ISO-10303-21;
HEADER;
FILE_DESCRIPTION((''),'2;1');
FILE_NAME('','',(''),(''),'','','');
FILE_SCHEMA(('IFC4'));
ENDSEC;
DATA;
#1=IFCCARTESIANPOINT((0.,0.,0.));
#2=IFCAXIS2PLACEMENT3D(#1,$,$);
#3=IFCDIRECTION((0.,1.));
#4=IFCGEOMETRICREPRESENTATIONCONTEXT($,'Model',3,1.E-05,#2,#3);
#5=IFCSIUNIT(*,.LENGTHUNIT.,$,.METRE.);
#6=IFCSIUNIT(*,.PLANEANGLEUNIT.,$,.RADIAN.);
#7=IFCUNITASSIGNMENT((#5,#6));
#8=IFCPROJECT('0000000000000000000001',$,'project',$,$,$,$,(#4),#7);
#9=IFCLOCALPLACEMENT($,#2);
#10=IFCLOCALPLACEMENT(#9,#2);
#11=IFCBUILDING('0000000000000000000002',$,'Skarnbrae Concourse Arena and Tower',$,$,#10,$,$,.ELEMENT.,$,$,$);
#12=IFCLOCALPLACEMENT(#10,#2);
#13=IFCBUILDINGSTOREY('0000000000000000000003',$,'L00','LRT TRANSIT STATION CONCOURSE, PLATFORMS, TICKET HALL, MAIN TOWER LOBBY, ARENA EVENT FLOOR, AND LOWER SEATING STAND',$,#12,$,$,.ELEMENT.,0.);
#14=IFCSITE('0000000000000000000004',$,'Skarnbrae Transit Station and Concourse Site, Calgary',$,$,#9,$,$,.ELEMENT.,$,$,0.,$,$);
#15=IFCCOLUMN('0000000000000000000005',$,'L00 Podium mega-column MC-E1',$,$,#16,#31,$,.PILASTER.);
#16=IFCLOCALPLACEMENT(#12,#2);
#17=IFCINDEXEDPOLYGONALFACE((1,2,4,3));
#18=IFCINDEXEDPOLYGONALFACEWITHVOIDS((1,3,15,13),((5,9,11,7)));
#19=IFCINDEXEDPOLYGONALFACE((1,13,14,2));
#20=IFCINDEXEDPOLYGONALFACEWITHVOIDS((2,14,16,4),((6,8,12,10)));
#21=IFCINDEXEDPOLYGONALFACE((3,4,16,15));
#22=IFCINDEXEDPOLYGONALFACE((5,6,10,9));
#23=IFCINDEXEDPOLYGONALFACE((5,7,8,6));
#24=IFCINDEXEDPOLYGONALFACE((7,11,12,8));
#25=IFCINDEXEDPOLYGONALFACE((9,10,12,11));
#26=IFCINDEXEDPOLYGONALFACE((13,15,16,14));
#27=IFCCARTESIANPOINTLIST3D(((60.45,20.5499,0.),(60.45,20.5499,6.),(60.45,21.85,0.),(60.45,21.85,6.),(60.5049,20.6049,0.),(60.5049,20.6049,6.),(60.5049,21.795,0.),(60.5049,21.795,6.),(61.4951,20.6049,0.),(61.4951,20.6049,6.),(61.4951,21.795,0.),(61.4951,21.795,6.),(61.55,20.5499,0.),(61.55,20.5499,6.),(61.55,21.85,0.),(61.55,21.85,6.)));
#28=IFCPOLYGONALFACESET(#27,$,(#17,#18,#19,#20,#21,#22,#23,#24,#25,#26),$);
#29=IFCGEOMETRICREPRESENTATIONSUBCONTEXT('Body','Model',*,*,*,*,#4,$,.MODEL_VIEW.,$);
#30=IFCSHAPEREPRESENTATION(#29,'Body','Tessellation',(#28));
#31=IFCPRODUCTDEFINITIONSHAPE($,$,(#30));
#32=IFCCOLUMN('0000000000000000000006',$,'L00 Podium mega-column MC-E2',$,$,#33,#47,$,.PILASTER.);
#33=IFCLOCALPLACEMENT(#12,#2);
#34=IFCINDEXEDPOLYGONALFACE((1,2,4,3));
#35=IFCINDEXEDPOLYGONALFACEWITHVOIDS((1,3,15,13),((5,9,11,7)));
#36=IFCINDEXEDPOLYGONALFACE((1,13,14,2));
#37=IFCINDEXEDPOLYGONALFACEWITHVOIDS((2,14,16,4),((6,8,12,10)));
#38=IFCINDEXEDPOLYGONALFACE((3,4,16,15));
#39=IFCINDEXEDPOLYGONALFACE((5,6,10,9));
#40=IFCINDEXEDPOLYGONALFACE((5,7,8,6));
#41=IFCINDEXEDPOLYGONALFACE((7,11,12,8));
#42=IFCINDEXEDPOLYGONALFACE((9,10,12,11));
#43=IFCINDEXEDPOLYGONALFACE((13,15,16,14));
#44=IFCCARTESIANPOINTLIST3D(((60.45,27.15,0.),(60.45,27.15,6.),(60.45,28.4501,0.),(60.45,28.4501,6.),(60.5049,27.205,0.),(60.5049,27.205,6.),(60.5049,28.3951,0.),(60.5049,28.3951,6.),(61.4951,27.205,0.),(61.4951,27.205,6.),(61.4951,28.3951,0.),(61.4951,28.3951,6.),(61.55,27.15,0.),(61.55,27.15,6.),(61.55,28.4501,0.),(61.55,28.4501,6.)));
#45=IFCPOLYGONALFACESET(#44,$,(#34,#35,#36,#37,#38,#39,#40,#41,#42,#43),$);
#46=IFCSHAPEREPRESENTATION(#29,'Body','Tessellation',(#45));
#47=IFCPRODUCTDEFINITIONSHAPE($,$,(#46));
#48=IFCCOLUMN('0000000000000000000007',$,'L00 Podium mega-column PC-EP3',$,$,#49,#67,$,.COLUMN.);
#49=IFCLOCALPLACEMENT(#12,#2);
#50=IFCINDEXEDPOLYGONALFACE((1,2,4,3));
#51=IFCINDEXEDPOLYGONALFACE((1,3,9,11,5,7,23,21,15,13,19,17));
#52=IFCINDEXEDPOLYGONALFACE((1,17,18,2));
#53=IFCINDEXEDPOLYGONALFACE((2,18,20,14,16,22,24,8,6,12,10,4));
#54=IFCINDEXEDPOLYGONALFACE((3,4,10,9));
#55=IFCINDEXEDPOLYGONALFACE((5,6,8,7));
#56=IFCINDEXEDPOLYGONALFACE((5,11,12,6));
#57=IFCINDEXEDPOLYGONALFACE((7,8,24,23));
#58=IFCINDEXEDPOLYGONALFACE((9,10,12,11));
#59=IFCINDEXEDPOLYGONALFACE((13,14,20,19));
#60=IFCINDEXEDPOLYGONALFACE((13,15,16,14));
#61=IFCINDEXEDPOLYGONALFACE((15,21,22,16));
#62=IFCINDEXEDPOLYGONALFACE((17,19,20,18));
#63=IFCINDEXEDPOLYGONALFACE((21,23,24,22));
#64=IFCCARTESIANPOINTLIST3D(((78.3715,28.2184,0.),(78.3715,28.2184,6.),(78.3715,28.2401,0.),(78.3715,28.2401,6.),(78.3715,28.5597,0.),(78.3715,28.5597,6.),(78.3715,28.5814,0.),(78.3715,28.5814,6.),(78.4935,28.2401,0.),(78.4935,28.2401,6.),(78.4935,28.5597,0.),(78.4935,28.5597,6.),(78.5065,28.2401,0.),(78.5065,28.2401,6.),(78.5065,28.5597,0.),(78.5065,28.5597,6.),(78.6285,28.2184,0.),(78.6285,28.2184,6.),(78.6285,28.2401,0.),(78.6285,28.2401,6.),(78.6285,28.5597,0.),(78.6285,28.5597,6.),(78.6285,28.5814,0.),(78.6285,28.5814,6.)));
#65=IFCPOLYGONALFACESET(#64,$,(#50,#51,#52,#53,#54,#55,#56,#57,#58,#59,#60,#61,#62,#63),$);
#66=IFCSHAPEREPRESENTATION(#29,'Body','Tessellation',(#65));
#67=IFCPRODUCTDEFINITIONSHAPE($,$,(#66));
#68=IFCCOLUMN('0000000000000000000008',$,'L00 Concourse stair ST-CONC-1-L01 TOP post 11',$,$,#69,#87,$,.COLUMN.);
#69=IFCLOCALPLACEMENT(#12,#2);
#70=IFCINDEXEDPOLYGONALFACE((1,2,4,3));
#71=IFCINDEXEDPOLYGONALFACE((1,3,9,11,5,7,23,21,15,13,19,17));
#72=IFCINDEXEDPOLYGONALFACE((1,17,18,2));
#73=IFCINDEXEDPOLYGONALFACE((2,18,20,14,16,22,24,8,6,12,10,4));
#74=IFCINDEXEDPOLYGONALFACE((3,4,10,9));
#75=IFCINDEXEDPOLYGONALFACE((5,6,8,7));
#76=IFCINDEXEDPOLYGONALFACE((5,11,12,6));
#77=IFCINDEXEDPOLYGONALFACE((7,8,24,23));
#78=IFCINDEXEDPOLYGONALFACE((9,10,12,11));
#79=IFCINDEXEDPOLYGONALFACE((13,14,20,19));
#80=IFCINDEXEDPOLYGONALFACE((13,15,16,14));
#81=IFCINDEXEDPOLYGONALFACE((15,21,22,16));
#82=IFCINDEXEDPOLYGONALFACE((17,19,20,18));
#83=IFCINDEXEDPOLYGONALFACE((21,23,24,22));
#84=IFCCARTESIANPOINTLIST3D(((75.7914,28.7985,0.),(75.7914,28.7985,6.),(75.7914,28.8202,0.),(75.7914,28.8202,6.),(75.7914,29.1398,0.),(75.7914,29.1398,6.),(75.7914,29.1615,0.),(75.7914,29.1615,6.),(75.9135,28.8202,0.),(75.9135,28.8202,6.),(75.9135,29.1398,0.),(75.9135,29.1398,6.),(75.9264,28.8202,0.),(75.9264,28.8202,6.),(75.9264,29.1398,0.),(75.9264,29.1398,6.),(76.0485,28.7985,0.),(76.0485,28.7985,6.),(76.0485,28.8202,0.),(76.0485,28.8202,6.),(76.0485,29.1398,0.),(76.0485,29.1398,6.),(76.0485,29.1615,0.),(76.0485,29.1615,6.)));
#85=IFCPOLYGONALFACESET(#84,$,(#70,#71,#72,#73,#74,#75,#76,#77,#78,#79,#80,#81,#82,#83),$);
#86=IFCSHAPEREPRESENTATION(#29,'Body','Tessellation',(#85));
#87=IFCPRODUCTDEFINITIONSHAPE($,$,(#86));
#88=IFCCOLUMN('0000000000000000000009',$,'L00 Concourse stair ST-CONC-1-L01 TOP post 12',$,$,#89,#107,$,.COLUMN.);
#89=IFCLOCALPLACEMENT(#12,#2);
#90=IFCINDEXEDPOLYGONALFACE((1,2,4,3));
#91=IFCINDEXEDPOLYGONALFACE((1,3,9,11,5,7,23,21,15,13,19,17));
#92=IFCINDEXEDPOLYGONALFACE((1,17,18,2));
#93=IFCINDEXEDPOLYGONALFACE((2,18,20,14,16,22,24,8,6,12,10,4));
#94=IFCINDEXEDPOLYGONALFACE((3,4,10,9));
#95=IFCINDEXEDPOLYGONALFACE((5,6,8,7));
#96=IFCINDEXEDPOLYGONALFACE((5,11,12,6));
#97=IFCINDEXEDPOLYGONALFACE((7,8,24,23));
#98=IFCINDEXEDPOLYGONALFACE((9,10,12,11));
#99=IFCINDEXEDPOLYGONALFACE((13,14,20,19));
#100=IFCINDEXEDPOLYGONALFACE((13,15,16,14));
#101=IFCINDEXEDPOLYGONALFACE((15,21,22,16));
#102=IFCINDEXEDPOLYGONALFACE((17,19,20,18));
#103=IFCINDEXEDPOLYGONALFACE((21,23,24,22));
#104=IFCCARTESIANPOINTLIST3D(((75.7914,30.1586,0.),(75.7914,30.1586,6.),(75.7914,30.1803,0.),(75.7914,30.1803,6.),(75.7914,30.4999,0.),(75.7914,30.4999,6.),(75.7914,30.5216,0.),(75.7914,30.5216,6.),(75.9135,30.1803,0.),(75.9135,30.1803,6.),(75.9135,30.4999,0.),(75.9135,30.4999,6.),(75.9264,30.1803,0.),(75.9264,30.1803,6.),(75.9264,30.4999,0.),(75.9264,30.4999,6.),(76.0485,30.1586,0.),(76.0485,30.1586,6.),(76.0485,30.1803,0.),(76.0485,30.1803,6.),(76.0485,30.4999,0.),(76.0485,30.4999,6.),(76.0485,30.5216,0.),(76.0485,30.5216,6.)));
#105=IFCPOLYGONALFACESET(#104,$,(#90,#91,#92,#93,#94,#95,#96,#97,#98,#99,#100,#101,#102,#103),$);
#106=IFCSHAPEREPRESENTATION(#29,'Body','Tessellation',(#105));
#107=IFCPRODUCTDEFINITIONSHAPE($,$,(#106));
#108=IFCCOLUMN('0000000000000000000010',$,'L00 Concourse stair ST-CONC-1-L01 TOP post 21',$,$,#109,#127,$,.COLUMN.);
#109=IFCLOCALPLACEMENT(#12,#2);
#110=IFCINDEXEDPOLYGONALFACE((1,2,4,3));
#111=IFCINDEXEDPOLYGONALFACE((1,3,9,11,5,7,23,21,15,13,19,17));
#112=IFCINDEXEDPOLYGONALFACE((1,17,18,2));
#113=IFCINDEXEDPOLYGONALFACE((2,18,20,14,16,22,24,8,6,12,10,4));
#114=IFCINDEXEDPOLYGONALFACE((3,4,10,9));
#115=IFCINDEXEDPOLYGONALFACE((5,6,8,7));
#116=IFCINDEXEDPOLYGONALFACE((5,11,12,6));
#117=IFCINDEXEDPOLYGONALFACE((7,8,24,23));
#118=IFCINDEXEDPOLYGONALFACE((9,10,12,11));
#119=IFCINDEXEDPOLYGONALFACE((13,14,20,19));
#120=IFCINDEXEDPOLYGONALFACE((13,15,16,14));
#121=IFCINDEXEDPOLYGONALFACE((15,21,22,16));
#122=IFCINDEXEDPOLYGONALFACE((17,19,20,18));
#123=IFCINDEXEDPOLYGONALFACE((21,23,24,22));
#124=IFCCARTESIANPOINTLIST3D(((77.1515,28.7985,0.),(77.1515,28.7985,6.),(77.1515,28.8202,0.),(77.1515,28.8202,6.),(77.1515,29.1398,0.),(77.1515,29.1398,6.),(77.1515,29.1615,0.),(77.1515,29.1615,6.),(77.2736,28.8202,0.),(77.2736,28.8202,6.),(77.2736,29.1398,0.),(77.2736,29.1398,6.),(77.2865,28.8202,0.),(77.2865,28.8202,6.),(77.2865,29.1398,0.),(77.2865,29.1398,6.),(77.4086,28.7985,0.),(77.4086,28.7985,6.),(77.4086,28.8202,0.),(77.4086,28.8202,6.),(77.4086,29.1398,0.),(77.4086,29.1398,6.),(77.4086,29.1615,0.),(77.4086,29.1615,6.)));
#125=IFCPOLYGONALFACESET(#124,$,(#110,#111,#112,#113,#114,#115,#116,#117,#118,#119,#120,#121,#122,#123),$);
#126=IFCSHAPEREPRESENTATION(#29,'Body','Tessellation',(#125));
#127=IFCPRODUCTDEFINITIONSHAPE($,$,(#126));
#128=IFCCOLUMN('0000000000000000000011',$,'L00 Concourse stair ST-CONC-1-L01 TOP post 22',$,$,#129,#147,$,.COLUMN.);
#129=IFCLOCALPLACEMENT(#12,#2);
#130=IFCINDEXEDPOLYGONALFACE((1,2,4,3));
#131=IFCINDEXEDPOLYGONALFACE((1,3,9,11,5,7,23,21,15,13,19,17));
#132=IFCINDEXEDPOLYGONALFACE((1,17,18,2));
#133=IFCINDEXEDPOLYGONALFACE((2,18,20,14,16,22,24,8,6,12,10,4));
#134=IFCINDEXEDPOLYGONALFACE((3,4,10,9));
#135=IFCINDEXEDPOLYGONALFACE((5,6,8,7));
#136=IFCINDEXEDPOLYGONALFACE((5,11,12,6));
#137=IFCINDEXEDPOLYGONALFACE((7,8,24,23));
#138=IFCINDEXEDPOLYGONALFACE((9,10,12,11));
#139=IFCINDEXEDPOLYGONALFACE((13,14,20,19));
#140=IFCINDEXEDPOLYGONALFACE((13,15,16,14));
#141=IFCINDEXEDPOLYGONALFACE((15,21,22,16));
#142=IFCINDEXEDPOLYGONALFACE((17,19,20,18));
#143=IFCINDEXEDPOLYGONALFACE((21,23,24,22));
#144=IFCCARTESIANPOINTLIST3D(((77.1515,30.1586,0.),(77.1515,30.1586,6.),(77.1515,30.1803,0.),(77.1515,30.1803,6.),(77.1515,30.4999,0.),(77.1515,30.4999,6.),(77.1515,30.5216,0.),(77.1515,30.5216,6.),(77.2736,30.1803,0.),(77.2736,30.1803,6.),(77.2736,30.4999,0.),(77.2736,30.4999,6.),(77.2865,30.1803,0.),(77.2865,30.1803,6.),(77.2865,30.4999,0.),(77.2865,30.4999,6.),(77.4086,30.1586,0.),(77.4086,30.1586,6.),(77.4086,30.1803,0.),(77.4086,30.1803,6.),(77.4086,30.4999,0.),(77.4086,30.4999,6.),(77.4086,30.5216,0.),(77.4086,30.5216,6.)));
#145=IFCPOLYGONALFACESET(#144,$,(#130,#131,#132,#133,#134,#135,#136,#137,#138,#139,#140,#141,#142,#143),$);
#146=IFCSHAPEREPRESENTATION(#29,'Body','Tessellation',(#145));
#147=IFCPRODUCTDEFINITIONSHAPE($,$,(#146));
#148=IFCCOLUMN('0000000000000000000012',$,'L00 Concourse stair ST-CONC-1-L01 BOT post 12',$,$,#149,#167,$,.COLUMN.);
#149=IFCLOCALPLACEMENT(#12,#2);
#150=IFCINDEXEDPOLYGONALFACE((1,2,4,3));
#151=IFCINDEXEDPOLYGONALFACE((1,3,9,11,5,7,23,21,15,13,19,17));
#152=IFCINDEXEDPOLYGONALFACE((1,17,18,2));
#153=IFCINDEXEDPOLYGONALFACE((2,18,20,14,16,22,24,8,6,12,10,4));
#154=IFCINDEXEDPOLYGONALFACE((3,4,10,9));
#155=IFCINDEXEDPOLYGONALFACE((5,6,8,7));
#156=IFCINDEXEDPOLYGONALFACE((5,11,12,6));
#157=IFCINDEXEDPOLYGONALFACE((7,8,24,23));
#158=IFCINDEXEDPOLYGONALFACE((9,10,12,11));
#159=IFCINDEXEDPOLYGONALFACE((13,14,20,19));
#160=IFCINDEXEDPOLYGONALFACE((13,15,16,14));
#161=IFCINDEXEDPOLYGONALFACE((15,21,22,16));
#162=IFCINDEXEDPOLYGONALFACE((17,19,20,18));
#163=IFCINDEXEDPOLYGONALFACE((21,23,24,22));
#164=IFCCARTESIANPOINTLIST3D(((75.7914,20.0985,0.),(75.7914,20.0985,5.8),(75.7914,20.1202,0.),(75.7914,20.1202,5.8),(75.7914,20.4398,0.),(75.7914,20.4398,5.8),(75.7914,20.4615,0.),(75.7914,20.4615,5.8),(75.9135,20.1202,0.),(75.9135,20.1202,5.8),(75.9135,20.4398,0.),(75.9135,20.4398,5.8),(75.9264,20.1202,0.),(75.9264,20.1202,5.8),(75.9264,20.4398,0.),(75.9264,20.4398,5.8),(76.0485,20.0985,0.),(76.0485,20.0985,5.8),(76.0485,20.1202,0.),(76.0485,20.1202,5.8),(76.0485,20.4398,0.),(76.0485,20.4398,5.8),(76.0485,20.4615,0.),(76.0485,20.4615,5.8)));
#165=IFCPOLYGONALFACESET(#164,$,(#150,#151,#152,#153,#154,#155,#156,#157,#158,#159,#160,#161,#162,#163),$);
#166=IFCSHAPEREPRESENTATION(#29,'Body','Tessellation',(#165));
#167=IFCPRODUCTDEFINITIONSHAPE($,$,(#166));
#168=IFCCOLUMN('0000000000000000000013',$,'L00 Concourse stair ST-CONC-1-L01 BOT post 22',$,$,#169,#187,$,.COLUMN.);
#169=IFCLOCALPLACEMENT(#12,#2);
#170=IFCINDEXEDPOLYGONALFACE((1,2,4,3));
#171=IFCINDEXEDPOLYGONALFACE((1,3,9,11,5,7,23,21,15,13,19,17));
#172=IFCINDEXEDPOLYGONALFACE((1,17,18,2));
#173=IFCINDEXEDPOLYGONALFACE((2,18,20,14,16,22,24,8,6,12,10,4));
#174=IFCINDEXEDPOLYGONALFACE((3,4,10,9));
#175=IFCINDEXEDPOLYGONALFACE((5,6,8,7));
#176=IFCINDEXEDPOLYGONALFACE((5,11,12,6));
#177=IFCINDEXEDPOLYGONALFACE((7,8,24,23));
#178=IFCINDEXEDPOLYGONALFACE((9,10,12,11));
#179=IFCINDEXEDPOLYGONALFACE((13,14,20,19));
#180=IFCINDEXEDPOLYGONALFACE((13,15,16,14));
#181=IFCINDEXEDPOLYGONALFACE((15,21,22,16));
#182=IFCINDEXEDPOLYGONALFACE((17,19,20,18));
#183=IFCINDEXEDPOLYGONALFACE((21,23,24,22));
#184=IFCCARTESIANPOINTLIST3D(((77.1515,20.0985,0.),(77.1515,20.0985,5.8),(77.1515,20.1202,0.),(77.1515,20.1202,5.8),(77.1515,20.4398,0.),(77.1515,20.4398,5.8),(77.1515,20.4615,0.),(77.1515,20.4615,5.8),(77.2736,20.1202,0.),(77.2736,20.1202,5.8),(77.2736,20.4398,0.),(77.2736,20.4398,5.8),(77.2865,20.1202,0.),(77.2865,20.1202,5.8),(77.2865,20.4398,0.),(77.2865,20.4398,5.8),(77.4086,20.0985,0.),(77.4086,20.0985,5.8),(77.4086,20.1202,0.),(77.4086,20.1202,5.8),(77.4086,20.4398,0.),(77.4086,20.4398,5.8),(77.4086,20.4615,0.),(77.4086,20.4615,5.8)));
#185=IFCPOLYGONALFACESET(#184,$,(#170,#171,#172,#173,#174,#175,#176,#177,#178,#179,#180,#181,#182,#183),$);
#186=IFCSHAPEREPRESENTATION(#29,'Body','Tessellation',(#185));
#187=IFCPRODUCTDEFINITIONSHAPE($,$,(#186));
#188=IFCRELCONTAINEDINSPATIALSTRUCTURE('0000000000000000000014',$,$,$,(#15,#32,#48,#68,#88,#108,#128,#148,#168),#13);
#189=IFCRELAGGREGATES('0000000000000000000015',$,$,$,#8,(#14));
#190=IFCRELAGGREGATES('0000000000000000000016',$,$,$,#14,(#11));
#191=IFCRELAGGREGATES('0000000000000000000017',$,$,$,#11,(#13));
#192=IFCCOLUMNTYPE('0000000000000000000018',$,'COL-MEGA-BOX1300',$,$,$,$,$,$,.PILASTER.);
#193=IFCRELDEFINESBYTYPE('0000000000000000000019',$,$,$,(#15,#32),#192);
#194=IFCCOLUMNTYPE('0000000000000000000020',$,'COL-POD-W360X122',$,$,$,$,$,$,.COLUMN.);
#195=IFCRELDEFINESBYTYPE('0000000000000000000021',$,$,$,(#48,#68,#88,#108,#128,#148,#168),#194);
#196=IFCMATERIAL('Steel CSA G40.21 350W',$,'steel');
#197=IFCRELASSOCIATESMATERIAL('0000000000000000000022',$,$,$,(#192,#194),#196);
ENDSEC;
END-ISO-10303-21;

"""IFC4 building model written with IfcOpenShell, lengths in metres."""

from ifc_helpers import new_model, si_unit, direction, frame, origin, origin_2d, place, context, subcontext, project, spatial, hollow_rectangle, i_section, extrude, source, transform, mapped, material, material_profile, profile_set, type_object, element, save


model = new_model("IFC4")

# Units and contexts
model_context = context("Model", 3, precision=1e-05, world=origin(), true_north=direction((0.0, 1.0)))
body_context = subcontext(model_context, "Body", "Model", "MODEL_VIEW")
ifc_project = project(units=[si_unit("LENGTHUNIT", "METRE"), si_unit("PLANEANGLEUNIT", "RADIAN")], contexts=[model_context])

# Site, building, storey
site_placement = place(None, origin())
site = spatial("IfcSite", under=ifc_project, at=site_placement, Name="Skarnbrae Transit Station and Concourse Site, Calgary", CompositionType="ELEMENT", RefElevation=0.0)
building_placement = place(site_placement, origin())
building = spatial("IfcBuilding", under=site, at=building_placement, Name="Skarnbrae Concourse Arena and Tower", CompositionType="ELEMENT")
storey_placement = place(building_placement, origin())
storey = spatial("IfcBuildingStorey", under=building, at=storey_placement, Name="L00", Description="LRT TRANSIT STATION CONCOURSE, PLATFORMS, TICKET HALL, MAIN TOWER LOBBY, ARENA EVENT FLOOR, AND LOWER SEATING STAND", CompositionType="ELEMENT", Elevation=0.0)

# Columns
ifc_material_1 = material(Name="Steel CSA G40.21 350W", Category="steel")
ifc_material_profile_1 = material_profile(ifc_material_1, hollow_rectangle(XDim=1.1001, YDim=1.3, WallThickness=0.0549, at=origin_2d()), Name="BOX1300X1100X55")
ifc_profile_set_1 = profile_set([ifc_material_profile_1], Name="Steel CSA G40.21 350W")
column_type_1 = type_object("IfcColumnType", Name="COL-MEGA-BOX1300", PredefinedType="PILASTER", material=ifc_profile_set_1)
shared_shape_1 = source(origin(), body_context, "Body", "SweptSolid", [
    extrude(hollow_rectangle(XDim=1.1001, YDim=1.3, WallThickness=0.0549, at=origin_2d()), origin(), (0.0, 0.0, 1.0), 6.0),
])
for number, where, z_axis, x_axis, name in (
    (1, (61.0, 21.2, 0.0), (0.0, 0.0, 1.0), (1.0, 0.0, 0.0), "L00 Podium mega-column MC-E1"),
    (2, (61.0, 27.8, 0.0), (0.0, 0.0, 1.0), (1.0, 0.0, 0.0), "L00 Podium mega-column MC-E2"),
):
    element("IfcColumn", number, at=place(storey_placement, frame(where, z_axis=z_axis, x_axis=x_axis)), inside=storey, type_object=column_type_1, Name=name, PredefinedType="PILASTER", context=body_context, shape_type="MappedRepresentation", body=[
        mapped(shared_shape_1, transform((0.0, 0.0, 0.0))),
    ])
ifc_material_profile_2 = material_profile(ifc_material_1, i_section(OverallWidth=0.2571, OverallDepth=0.363, WebThickness=0.0129, FlangeThickness=0.0217, at=origin_2d()), Name="W360X122")
ifc_profile_set_2 = profile_set([ifc_material_profile_2], Name="Steel CSA G40.21 350W")
column_type_2 = type_object("IfcColumnType", Name="COL-POD-W360X122", PredefinedType="COLUMN", material=ifc_profile_set_2)
shared_shape_2 = source(origin(), body_context, "Body", "SweptSolid", [
    extrude(i_section(OverallWidth=0.2571, OverallDepth=0.363, WebThickness=0.0129, FlangeThickness=0.0217, at=origin_2d()), origin(), (0.0, 0.0, 1.0), 6.0),
])
for number, where, z_axis, x_axis, name in (
    (3, (78.5, 28.3999, 0.0), (0.0, 0.0, 1.0), (1.0, 0.0, 0.0), "L00 Podium mega-column PC-EP3"),
    (4, (75.9199, 28.98, 0.0), (0.0, 0.0, 1.0), (1.0, 0.0, 0.0), "L00 Concourse stair ST-CONC-1-L01 TOP post 11"),
    (5, (75.9199, 30.3401, 0.0), (0.0, 0.0, 1.0), (1.0, 0.0, 0.0), "L00 Concourse stair ST-CONC-1-L01 TOP post 12"),
    (6, (77.28, 28.98, 0.0), (0.0, 0.0, 1.0), (1.0, 0.0, 0.0), "L00 Concourse stair ST-CONC-1-L01 TOP post 21"),
    (7, (77.28, 30.3401, 0.0), (0.0, 0.0, 1.0), (1.0, 0.0, 0.0), "L00 Concourse stair ST-CONC-1-L01 TOP post 22"),
):
    element("IfcColumn", number, at=place(storey_placement, frame(where, z_axis=z_axis, x_axis=x_axis)), inside=storey, type_object=column_type_2, Name=name, PredefinedType="COLUMN", context=body_context, shape_type="MappedRepresentation", body=[
        mapped(shared_shape_2, transform((0.0, 0.0, 0.0))),
    ])
shared_shape_3 = source(origin(), body_context, "Body", "SweptSolid", [
    extrude(i_section(OverallWidth=0.2571, OverallDepth=0.363, WebThickness=0.0129, FlangeThickness=0.0217, at=origin_2d()), origin(), (0.0, 0.0, 1.0), 5.8),
])
for number, where, z_axis, x_axis, name in (
    (8, (75.9199, 20.28, 0.0), (0.0, 0.0, 1.0), (1.0, 0.0, 0.0), "L00 Concourse stair ST-CONC-1-L01 BOT post 12"),
    (9, (77.28, 20.28, 0.0), (0.0, 0.0, 1.0), (1.0, 0.0, 0.0), "L00 Concourse stair ST-CONC-1-L01 BOT post 22"),
):
    element("IfcColumn", number, at=place(storey_placement, frame(where, z_axis=z_axis, x_axis=x_axis)), inside=storey, type_object=column_type_2, Name=name, PredefinedType="COLUMN", context=body_context, shape_type="MappedRepresentation", body=[
        mapped(shared_shape_3, transform((0.0, 0.0, 0.0))),
    ])

save(model, "model.ifc")
